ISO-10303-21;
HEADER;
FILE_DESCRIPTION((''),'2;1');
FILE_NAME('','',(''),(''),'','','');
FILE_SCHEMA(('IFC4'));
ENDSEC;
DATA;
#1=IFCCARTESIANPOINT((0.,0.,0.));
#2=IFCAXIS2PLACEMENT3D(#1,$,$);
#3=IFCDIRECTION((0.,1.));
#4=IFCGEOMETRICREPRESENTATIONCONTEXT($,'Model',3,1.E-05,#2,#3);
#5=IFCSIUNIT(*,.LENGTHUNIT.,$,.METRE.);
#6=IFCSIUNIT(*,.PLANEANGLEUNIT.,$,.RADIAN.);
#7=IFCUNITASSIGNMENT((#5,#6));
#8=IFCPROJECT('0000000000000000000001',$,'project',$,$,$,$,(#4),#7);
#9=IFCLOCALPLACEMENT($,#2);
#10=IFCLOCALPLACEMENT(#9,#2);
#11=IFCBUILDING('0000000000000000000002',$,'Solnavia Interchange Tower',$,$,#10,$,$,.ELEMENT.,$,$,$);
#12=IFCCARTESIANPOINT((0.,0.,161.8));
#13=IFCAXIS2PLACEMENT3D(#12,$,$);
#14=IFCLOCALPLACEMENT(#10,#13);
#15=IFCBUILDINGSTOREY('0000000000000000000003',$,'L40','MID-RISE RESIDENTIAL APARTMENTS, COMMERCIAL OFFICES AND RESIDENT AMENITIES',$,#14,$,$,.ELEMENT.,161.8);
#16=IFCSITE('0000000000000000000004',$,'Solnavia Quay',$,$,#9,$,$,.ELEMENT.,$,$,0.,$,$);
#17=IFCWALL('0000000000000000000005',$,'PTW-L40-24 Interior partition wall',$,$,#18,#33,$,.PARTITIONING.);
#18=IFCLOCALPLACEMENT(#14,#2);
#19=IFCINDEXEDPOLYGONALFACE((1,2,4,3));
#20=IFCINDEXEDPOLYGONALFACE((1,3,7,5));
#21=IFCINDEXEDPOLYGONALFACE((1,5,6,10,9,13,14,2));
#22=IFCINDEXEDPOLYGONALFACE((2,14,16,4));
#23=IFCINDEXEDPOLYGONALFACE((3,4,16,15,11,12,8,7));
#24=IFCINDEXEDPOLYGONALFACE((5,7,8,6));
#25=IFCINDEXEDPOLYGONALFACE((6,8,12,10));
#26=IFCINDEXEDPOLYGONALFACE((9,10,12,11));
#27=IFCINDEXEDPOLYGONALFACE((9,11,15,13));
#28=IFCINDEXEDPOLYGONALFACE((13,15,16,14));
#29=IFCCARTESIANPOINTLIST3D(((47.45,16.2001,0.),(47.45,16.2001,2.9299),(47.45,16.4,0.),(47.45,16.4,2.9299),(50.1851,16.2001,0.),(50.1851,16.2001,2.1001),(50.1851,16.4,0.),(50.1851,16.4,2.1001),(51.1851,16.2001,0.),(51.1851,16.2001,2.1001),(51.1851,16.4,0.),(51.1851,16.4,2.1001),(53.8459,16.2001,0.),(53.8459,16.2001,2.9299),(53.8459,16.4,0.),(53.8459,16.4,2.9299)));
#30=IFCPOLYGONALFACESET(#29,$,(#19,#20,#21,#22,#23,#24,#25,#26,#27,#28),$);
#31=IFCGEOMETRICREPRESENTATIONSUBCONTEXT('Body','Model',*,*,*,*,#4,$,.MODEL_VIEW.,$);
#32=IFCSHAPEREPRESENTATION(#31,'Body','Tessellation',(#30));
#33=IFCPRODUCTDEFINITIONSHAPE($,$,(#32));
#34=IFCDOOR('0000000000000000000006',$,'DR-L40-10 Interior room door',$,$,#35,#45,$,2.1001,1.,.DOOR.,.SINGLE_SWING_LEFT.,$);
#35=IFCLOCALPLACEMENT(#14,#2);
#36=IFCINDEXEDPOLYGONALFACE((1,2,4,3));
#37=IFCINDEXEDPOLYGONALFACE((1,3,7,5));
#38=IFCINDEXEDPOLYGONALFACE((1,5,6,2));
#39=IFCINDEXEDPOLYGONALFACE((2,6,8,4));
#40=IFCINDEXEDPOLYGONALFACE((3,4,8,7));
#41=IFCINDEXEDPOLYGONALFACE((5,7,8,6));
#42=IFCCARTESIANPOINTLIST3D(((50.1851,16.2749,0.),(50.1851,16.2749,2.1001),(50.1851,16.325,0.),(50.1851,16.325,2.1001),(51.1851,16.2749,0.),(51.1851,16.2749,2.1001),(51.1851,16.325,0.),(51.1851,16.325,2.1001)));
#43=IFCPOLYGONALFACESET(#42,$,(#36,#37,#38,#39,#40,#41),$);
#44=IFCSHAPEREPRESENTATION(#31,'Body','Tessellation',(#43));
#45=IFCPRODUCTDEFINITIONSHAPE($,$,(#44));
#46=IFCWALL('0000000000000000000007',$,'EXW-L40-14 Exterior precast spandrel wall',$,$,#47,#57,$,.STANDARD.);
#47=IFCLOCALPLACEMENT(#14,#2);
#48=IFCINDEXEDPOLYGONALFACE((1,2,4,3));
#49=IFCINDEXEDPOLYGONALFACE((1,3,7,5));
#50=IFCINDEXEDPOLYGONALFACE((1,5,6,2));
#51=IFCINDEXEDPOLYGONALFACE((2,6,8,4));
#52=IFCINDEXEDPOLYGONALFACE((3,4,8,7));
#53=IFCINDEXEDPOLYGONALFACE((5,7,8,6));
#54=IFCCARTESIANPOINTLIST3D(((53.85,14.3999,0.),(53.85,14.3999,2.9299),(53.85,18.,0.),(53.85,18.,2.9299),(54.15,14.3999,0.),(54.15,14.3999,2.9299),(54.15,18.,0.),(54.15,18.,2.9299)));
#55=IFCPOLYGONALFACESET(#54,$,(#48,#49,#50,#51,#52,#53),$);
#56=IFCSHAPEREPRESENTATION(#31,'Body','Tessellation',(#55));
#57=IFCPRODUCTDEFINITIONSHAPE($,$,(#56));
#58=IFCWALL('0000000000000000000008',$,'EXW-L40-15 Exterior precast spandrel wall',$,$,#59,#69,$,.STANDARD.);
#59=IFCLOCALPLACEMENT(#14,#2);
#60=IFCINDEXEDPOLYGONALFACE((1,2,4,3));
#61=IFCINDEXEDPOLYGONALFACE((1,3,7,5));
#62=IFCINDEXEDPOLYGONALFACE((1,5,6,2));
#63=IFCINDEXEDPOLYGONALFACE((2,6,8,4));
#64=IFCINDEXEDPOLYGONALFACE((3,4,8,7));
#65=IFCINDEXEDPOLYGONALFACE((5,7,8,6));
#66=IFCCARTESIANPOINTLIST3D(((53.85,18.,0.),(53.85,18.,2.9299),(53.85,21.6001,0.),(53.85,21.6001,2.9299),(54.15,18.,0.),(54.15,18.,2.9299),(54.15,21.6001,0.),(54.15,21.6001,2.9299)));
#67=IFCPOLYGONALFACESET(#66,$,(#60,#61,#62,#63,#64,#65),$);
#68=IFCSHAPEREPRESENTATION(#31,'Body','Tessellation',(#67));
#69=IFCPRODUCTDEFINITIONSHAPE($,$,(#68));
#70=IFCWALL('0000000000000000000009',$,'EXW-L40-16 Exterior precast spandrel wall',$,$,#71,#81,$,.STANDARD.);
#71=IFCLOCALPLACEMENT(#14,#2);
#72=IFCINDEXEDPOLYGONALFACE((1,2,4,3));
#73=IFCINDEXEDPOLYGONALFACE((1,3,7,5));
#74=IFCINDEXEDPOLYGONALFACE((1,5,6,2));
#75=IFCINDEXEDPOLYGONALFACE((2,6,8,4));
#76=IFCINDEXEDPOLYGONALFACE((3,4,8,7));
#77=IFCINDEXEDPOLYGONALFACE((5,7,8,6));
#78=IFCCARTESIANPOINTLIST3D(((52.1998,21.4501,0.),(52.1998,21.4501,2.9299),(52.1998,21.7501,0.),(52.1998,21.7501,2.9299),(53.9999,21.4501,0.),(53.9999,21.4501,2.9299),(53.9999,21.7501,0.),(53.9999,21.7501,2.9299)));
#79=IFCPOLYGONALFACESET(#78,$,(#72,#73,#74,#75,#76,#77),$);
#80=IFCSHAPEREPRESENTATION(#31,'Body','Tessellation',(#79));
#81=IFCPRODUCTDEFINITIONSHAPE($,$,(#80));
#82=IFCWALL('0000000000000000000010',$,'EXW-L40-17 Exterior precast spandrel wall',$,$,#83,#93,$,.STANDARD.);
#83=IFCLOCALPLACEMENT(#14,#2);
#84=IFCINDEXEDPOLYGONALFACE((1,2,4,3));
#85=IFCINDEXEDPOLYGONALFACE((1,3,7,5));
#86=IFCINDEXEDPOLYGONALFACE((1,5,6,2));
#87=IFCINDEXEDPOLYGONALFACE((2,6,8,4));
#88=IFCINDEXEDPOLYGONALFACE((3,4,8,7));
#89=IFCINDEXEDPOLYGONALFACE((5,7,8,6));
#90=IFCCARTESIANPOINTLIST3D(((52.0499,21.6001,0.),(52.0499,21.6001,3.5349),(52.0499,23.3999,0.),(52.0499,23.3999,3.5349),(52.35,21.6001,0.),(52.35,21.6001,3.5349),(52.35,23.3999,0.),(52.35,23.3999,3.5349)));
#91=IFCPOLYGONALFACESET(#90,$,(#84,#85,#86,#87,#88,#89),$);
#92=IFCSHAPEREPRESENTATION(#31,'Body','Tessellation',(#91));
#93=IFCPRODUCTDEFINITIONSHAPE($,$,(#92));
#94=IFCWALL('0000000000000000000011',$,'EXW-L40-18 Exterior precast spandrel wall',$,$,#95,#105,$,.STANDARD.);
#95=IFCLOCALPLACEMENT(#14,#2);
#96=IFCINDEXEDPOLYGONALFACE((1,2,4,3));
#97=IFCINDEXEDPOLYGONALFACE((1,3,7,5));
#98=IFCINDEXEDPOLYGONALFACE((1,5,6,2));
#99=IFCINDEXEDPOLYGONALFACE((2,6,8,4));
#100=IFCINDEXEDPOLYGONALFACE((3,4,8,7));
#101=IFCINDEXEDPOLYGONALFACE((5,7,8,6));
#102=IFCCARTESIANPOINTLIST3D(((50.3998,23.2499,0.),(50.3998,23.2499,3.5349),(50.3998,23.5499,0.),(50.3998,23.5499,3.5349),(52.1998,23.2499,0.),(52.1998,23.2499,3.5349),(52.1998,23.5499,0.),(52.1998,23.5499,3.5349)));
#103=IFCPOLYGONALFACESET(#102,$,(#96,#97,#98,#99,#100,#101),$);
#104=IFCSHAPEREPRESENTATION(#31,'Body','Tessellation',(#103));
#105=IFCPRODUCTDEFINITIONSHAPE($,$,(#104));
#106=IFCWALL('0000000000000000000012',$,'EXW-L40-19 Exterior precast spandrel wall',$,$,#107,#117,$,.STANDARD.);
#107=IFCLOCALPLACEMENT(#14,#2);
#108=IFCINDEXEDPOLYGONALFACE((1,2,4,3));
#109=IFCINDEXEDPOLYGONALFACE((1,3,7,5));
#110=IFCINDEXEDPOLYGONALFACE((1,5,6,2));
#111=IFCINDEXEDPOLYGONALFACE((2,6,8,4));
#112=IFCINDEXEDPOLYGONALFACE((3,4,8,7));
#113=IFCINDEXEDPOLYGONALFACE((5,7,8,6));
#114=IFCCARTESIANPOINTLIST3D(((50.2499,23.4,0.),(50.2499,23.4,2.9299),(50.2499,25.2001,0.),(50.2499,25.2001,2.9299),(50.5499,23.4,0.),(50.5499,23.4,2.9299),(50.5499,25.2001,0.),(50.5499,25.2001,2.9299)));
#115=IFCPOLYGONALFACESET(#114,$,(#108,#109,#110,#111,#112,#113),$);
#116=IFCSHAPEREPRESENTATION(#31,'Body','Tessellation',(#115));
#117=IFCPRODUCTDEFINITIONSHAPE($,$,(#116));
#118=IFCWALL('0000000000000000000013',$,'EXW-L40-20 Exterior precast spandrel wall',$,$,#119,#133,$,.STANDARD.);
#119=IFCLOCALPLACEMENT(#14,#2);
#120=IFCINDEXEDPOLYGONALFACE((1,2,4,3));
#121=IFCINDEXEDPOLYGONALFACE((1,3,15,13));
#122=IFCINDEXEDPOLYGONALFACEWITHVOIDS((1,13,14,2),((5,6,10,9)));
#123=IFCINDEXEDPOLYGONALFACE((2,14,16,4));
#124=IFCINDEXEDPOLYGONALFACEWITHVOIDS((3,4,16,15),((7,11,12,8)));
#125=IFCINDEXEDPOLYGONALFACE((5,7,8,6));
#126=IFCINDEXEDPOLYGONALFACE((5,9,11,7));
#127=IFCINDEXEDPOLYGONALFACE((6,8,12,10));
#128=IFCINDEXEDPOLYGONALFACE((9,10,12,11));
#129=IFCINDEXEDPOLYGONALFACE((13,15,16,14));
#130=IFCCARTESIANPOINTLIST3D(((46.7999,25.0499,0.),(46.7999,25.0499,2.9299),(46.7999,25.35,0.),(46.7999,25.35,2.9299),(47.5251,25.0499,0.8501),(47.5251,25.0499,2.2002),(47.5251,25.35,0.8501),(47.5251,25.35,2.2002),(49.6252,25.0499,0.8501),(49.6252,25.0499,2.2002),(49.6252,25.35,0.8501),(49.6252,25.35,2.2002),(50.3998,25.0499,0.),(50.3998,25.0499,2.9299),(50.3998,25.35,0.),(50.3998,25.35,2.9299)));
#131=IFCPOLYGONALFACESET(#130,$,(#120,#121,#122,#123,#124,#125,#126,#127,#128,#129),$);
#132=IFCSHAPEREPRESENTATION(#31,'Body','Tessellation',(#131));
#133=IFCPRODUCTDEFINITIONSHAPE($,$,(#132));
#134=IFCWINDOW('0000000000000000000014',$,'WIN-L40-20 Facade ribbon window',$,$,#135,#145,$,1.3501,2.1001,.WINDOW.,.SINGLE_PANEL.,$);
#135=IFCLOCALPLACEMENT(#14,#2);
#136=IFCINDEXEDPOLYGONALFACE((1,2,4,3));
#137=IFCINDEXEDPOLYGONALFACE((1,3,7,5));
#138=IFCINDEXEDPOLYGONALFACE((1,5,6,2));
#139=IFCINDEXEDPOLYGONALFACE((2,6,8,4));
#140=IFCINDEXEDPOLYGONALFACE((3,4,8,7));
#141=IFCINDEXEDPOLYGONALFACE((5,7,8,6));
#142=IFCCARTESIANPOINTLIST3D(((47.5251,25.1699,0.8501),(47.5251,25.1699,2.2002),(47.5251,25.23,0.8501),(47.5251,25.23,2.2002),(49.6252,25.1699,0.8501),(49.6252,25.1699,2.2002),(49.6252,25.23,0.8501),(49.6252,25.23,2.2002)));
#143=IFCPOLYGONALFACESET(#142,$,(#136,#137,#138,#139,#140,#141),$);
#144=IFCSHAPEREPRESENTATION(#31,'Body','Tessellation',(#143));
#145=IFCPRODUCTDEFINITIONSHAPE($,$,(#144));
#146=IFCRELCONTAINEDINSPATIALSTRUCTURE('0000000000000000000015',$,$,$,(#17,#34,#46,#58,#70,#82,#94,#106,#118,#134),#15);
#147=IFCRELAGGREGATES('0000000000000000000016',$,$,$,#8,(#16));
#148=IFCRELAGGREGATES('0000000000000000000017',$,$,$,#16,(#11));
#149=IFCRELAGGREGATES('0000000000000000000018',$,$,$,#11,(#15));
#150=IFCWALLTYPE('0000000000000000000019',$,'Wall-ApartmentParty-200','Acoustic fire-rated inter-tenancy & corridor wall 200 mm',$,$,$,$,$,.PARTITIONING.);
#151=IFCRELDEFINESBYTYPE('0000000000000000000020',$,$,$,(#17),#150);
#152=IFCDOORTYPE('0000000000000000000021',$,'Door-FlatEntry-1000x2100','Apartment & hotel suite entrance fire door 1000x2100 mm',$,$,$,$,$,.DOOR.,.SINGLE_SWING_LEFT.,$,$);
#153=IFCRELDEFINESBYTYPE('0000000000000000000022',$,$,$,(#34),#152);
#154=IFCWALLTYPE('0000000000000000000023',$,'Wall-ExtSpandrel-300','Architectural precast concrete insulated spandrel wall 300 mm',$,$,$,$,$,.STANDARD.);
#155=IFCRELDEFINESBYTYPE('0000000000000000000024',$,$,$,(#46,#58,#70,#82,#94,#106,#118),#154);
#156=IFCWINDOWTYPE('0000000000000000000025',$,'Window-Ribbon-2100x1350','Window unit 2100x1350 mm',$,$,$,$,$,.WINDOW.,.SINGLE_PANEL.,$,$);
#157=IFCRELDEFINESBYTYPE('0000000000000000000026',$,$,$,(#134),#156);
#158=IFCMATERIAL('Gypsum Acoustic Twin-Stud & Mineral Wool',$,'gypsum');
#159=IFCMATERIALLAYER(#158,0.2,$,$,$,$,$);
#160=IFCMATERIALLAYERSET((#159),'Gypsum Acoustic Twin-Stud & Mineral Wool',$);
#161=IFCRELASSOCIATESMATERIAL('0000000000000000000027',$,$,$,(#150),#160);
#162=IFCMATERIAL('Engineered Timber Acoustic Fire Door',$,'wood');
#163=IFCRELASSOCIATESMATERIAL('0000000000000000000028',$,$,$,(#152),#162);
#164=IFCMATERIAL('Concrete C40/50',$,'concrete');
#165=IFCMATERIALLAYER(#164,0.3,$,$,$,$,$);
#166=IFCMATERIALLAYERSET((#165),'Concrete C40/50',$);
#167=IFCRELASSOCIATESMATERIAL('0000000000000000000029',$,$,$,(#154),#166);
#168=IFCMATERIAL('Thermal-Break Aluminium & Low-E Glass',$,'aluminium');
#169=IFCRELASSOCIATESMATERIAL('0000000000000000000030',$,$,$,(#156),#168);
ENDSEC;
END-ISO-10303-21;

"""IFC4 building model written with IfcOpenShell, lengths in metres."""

from ifc_helpers import new_model, si_unit, direction, frame, frame_2d, origin, place, context, subcontext, project, spatial, rectangle, extrude, material, layer, layer_set, type_object, element, fill, save


model = new_model("IFC4")

# Units and contexts
model_context = context("Model", 3, precision=1e-05, world=origin(), true_north=direction((0.0, 1.0)))
body_context = subcontext(model_context, "Body", "Model", "MODEL_VIEW")
ifc_project = project(units=[si_unit("LENGTHUNIT", "METRE"), si_unit("PLANEANGLEUNIT", "RADIAN")], contexts=[model_context])

# Site, building, storey
site_placement = place(None, origin())
site = spatial("IfcSite", under=ifc_project, at=site_placement, Name="Solnavia Quay", CompositionType="ELEMENT", RefElevation=0.0)
building_placement = place(site_placement, origin())
building = spatial("IfcBuilding", under=site, at=building_placement, Name="Solnavia Interchange Tower", CompositionType="ELEMENT")
storey_placement = place(building_placement, frame((0.0, 0.0, 161.8)))
storey = spatial("IfcBuildingStorey", under=building, at=storey_placement, Name="L40", Description="MID-RISE RESIDENTIAL APARTMENTS, COMMERCIAL OFFICES AND RESIDENT AMENITIES", CompositionType="ELEMENT", Elevation=161.8)

# Wall, opening, door
ifc_material_1 = material(Name="Gypsum Acoustic Twin-Stud & Mineral Wool", Category="gypsum")
ifc_layer_1 = layer(ifc_material_1, 0.2)
ifc_layer_set_1 = layer_set([ifc_layer_1], Name="Gypsum Acoustic Twin-Stud & Mineral Wool")
wall_type_1 = type_object("IfcWallType", Name="Wall-ApartmentParty-200", Description="Acoustic fire-rated inter-tenancy & corridor wall 200 mm", PredefinedType="PARTITIONING", material=ifc_layer_set_1)
wall_1_placement = place(storey_placement, frame((47.45, 16.3, 0.0), z_axis=(0.0, 0.0, 1.0), x_axis=(1.0, 0.0, 0.0)))
wall_1 = element("IfcWall", 1, at=wall_1_placement, inside=storey, type_object=wall_type_1, Name="PTW-L40-24 Interior partition wall", PredefinedType="PARTITIONING", context=body_context, shape_type="SweptSolid", body=[
    extrude(rectangle(XDim=6.396, YDim=0.2, at=frame_2d((3.198, 0.0))), origin(), (0.0, 0.0, 1.0), 2.9299),
])
opening_1_placement = place(wall_1_placement, frame((2.7351, 0.0, 0.0)))
opening_1 = element("IfcOpeningElement", 2, at=opening_1_placement, cuts=wall_1, PredefinedType="OPENING", context=body_context, shape_type="SweptSolid", body=[
    extrude(rectangle(XDim=1.0, YDim=2.1001, at=frame_2d((0.5, 1.05))), frame((0.0, 0.1099, 0.0), z_axis=(0.0, -1.0, 0.0), x_axis=(1.0, 0.0, 0.0)), (0.0, 0.0, 1.0), 0.22),
])
ifc_material_2 = material(Name="Engineered Timber Acoustic Fire Door", Category="wood")
door_type = type_object("IfcDoorType", Name="Door-FlatEntry-1000x2100", Description="Apartment & hotel suite entrance fire door 1000x2100 mm", OperationType="SINGLE_SWING_LEFT", PredefinedType="DOOR", material=ifc_material_2)
door_placement = place(opening_1_placement, origin())
door = element("IfcDoor", 3, at=door_placement, inside=storey, type_object=door_type, Name="DR-L40-10 Interior room door", OperationType="SINGLE_SWING_LEFT", OverallHeight=2.1001, OverallWidth=1.0, PredefinedType="DOOR", context=body_context, shape_type="SweptSolid", body=[
    extrude(rectangle(XDim=1.0, YDim=2.1001, at=frame_2d((0.5, 1.05))), frame((0.0, 0.0249, 0.0), z_axis=(0.0, -1.0, 0.0), x_axis=(1.0, 0.0, 0.0)), (0.0, 0.0, 1.0), 0.05),
])
fill(opening_1, door)

# Walls
ifc_material_3 = material(Name="Concrete C40/50", Category="concrete")
ifc_layer_2 = layer(ifc_material_3, 0.3)
ifc_layer_set_2 = layer_set([ifc_layer_2], Name="Concrete C40/50")
wall_type_2 = type_object("IfcWallType", Name="Wall-ExtSpandrel-300", Description="Architectural precast concrete insulated spandrel wall 300 mm", PredefinedType="STANDARD", material=ifc_layer_set_2)
for number, where, z_axis, x_axis, name in (
    (4, (54.0, 18.0, 0.0), (0.0, 0.0, 1.0), (0.0, -1.0, 0.0), "EXW-L40-14 Exterior precast spandrel wall"),
    (5, (54.0, 21.6001, 0.0), (0.0, 0.0, 1.0), (0.0, -1.0, 0.0), "EXW-L40-15 Exterior precast spandrel wall"),
):
    element("IfcWall", number, at=place(storey_placement, frame(where, z_axis=z_axis, x_axis=x_axis)), inside=storey, type_object=wall_type_2, Name=name, PredefinedType="STANDARD", context=body_context, shape_type="SweptSolid", body=[
        extrude(rectangle(XDim=3.6001, YDim=0.3, at=frame_2d((1.8, 0.0))), origin(), (0.0, 0.0, 1.0), 2.9299),
    ])
wall_2_placement = place(storey_placement, frame((52.2, 21.6001, 0.0), z_axis=(0.0, 0.0, 1.0), x_axis=(1.0, 0.0, 0.0)))
element("IfcWall", 6, at=wall_2_placement, inside=storey, type_object=wall_type_2, Name="EXW-L40-16 Exterior precast spandrel wall", PredefinedType="STANDARD", context=body_context, shape_type="SweptSolid", body=[
    extrude(rectangle(XDim=1.8, YDim=0.3, at=frame_2d((0.8999, 0.0))), origin(), (0.0, 0.0, 1.0), 2.9299),
])
wall_3_placement = place(storey_placement, frame((52.2, 23.3999, 0.0), z_axis=(0.0, 0.0, 1.0), x_axis=(0.0, -1.0, 0.0)))
element("IfcWall", 7, at=wall_3_placement, inside=storey, type_object=wall_type_2, Name="EXW-L40-17 Exterior precast spandrel wall", PredefinedType="STANDARD", context=body_context, shape_type="SweptSolid", body=[
    extrude(rectangle(XDim=1.7998, YDim=0.3, at=frame_2d((0.8999, 0.0))), origin(), (0.0, 0.0, 1.0), 3.5349),
])
wall_4_placement = place(storey_placement, frame((50.3999, 23.3999, 0.0), z_axis=(0.0, 0.0, 1.0), x_axis=(1.0, 0.0, 0.0)))
element("IfcWall", 8, at=wall_4_placement, inside=storey, type_object=wall_type_2, Name="EXW-L40-18 Exterior precast spandrel wall", PredefinedType="STANDARD", context=body_context, shape_type="SweptSolid", body=[
    extrude(rectangle(XDim=1.8, YDim=0.3, at=frame_2d((0.8999, 0.0))), origin(), (0.0, 0.0, 1.0), 3.5349),
])
wall_5_placement = place(storey_placement, frame((50.3999, 25.2, 0.0), z_axis=(0.0, 0.0, 1.0), x_axis=(0.0, -1.0, 0.0)))
element("IfcWall", 9, at=wall_5_placement, inside=storey, type_object=wall_type_2, Name="EXW-L40-19 Exterior precast spandrel wall", PredefinedType="STANDARD", context=body_context, shape_type="SweptSolid", body=[
    extrude(rectangle(XDim=1.8, YDim=0.3, at=frame_2d((0.8999, 0.0))), origin(), (0.0, 0.0, 1.0), 2.9299),
])

# Wall, opening, window
wall_6_placement = place(storey_placement, frame((46.8, 25.2, 0.0), z_axis=(0.0, 0.0, 1.0), x_axis=(1.0, 0.0, 0.0)))
wall_6 = element("IfcWall", 10, at=wall_6_placement, inside=storey, type_object=wall_type_2, Name="EXW-L40-20 Exterior precast spandrel wall", PredefinedType="STANDARD", context=body_context, shape_type="SweptSolid", body=[
    extrude(rectangle(XDim=3.5999, YDim=0.3, at=frame_2d((1.7998, 0.0))), origin(), (0.0, 0.0, 1.0), 2.9299),
])
opening_2_placement = place(wall_6_placement, frame((0.7251, 0.0, 0.8501)))
opening_2 = element("IfcOpeningElement", 11, at=opening_2_placement, cuts=wall_6, PredefinedType="OPENING", context=body_context, shape_type="SweptSolid", body=[
    extrude(rectangle(XDim=2.1001, YDim=1.3501, at=frame_2d((1.05, 0.675))), frame((0.0, 0.1602, 0.0), z_axis=(0.0, -1.0, 0.0), x_axis=(1.0, 0.0, 0.0)), (0.0, 0.0, 1.0), 0.3201),
])
ifc_material_4 = material(Name="Thermal-Break Aluminium & Low-E Glass", Category="aluminium")
window_type = type_object("IfcWindowType", Name="Window-Ribbon-2100x1350", Description="Window unit 2100x1350 mm", PartitioningType="SINGLE_PANEL", PredefinedType="WINDOW", material=ifc_material_4)
window_placement = place(opening_2_placement, origin())
window = element("IfcWindow", 12, at=window_placement, inside=storey, type_object=window_type, Name="WIN-L40-20 Facade ribbon window", OverallHeight=1.3501, OverallWidth=2.1001, PartitioningType="SINGLE_PANEL", PredefinedType="WINDOW", context=body_context, shape_type="SweptSolid", body=[
    extrude(rectangle(XDim=2.1001, YDim=1.3501, at=frame_2d((1.05, 0.675))), frame((0.0, 0.03, 0.0), z_axis=(0.0, -1.0, 0.0), x_axis=(1.0, 0.0, 0.0)), (0.0, 0.0, 1.0), 0.0601),
])
fill(opening_2, window)

save(model, "model.ifc")
